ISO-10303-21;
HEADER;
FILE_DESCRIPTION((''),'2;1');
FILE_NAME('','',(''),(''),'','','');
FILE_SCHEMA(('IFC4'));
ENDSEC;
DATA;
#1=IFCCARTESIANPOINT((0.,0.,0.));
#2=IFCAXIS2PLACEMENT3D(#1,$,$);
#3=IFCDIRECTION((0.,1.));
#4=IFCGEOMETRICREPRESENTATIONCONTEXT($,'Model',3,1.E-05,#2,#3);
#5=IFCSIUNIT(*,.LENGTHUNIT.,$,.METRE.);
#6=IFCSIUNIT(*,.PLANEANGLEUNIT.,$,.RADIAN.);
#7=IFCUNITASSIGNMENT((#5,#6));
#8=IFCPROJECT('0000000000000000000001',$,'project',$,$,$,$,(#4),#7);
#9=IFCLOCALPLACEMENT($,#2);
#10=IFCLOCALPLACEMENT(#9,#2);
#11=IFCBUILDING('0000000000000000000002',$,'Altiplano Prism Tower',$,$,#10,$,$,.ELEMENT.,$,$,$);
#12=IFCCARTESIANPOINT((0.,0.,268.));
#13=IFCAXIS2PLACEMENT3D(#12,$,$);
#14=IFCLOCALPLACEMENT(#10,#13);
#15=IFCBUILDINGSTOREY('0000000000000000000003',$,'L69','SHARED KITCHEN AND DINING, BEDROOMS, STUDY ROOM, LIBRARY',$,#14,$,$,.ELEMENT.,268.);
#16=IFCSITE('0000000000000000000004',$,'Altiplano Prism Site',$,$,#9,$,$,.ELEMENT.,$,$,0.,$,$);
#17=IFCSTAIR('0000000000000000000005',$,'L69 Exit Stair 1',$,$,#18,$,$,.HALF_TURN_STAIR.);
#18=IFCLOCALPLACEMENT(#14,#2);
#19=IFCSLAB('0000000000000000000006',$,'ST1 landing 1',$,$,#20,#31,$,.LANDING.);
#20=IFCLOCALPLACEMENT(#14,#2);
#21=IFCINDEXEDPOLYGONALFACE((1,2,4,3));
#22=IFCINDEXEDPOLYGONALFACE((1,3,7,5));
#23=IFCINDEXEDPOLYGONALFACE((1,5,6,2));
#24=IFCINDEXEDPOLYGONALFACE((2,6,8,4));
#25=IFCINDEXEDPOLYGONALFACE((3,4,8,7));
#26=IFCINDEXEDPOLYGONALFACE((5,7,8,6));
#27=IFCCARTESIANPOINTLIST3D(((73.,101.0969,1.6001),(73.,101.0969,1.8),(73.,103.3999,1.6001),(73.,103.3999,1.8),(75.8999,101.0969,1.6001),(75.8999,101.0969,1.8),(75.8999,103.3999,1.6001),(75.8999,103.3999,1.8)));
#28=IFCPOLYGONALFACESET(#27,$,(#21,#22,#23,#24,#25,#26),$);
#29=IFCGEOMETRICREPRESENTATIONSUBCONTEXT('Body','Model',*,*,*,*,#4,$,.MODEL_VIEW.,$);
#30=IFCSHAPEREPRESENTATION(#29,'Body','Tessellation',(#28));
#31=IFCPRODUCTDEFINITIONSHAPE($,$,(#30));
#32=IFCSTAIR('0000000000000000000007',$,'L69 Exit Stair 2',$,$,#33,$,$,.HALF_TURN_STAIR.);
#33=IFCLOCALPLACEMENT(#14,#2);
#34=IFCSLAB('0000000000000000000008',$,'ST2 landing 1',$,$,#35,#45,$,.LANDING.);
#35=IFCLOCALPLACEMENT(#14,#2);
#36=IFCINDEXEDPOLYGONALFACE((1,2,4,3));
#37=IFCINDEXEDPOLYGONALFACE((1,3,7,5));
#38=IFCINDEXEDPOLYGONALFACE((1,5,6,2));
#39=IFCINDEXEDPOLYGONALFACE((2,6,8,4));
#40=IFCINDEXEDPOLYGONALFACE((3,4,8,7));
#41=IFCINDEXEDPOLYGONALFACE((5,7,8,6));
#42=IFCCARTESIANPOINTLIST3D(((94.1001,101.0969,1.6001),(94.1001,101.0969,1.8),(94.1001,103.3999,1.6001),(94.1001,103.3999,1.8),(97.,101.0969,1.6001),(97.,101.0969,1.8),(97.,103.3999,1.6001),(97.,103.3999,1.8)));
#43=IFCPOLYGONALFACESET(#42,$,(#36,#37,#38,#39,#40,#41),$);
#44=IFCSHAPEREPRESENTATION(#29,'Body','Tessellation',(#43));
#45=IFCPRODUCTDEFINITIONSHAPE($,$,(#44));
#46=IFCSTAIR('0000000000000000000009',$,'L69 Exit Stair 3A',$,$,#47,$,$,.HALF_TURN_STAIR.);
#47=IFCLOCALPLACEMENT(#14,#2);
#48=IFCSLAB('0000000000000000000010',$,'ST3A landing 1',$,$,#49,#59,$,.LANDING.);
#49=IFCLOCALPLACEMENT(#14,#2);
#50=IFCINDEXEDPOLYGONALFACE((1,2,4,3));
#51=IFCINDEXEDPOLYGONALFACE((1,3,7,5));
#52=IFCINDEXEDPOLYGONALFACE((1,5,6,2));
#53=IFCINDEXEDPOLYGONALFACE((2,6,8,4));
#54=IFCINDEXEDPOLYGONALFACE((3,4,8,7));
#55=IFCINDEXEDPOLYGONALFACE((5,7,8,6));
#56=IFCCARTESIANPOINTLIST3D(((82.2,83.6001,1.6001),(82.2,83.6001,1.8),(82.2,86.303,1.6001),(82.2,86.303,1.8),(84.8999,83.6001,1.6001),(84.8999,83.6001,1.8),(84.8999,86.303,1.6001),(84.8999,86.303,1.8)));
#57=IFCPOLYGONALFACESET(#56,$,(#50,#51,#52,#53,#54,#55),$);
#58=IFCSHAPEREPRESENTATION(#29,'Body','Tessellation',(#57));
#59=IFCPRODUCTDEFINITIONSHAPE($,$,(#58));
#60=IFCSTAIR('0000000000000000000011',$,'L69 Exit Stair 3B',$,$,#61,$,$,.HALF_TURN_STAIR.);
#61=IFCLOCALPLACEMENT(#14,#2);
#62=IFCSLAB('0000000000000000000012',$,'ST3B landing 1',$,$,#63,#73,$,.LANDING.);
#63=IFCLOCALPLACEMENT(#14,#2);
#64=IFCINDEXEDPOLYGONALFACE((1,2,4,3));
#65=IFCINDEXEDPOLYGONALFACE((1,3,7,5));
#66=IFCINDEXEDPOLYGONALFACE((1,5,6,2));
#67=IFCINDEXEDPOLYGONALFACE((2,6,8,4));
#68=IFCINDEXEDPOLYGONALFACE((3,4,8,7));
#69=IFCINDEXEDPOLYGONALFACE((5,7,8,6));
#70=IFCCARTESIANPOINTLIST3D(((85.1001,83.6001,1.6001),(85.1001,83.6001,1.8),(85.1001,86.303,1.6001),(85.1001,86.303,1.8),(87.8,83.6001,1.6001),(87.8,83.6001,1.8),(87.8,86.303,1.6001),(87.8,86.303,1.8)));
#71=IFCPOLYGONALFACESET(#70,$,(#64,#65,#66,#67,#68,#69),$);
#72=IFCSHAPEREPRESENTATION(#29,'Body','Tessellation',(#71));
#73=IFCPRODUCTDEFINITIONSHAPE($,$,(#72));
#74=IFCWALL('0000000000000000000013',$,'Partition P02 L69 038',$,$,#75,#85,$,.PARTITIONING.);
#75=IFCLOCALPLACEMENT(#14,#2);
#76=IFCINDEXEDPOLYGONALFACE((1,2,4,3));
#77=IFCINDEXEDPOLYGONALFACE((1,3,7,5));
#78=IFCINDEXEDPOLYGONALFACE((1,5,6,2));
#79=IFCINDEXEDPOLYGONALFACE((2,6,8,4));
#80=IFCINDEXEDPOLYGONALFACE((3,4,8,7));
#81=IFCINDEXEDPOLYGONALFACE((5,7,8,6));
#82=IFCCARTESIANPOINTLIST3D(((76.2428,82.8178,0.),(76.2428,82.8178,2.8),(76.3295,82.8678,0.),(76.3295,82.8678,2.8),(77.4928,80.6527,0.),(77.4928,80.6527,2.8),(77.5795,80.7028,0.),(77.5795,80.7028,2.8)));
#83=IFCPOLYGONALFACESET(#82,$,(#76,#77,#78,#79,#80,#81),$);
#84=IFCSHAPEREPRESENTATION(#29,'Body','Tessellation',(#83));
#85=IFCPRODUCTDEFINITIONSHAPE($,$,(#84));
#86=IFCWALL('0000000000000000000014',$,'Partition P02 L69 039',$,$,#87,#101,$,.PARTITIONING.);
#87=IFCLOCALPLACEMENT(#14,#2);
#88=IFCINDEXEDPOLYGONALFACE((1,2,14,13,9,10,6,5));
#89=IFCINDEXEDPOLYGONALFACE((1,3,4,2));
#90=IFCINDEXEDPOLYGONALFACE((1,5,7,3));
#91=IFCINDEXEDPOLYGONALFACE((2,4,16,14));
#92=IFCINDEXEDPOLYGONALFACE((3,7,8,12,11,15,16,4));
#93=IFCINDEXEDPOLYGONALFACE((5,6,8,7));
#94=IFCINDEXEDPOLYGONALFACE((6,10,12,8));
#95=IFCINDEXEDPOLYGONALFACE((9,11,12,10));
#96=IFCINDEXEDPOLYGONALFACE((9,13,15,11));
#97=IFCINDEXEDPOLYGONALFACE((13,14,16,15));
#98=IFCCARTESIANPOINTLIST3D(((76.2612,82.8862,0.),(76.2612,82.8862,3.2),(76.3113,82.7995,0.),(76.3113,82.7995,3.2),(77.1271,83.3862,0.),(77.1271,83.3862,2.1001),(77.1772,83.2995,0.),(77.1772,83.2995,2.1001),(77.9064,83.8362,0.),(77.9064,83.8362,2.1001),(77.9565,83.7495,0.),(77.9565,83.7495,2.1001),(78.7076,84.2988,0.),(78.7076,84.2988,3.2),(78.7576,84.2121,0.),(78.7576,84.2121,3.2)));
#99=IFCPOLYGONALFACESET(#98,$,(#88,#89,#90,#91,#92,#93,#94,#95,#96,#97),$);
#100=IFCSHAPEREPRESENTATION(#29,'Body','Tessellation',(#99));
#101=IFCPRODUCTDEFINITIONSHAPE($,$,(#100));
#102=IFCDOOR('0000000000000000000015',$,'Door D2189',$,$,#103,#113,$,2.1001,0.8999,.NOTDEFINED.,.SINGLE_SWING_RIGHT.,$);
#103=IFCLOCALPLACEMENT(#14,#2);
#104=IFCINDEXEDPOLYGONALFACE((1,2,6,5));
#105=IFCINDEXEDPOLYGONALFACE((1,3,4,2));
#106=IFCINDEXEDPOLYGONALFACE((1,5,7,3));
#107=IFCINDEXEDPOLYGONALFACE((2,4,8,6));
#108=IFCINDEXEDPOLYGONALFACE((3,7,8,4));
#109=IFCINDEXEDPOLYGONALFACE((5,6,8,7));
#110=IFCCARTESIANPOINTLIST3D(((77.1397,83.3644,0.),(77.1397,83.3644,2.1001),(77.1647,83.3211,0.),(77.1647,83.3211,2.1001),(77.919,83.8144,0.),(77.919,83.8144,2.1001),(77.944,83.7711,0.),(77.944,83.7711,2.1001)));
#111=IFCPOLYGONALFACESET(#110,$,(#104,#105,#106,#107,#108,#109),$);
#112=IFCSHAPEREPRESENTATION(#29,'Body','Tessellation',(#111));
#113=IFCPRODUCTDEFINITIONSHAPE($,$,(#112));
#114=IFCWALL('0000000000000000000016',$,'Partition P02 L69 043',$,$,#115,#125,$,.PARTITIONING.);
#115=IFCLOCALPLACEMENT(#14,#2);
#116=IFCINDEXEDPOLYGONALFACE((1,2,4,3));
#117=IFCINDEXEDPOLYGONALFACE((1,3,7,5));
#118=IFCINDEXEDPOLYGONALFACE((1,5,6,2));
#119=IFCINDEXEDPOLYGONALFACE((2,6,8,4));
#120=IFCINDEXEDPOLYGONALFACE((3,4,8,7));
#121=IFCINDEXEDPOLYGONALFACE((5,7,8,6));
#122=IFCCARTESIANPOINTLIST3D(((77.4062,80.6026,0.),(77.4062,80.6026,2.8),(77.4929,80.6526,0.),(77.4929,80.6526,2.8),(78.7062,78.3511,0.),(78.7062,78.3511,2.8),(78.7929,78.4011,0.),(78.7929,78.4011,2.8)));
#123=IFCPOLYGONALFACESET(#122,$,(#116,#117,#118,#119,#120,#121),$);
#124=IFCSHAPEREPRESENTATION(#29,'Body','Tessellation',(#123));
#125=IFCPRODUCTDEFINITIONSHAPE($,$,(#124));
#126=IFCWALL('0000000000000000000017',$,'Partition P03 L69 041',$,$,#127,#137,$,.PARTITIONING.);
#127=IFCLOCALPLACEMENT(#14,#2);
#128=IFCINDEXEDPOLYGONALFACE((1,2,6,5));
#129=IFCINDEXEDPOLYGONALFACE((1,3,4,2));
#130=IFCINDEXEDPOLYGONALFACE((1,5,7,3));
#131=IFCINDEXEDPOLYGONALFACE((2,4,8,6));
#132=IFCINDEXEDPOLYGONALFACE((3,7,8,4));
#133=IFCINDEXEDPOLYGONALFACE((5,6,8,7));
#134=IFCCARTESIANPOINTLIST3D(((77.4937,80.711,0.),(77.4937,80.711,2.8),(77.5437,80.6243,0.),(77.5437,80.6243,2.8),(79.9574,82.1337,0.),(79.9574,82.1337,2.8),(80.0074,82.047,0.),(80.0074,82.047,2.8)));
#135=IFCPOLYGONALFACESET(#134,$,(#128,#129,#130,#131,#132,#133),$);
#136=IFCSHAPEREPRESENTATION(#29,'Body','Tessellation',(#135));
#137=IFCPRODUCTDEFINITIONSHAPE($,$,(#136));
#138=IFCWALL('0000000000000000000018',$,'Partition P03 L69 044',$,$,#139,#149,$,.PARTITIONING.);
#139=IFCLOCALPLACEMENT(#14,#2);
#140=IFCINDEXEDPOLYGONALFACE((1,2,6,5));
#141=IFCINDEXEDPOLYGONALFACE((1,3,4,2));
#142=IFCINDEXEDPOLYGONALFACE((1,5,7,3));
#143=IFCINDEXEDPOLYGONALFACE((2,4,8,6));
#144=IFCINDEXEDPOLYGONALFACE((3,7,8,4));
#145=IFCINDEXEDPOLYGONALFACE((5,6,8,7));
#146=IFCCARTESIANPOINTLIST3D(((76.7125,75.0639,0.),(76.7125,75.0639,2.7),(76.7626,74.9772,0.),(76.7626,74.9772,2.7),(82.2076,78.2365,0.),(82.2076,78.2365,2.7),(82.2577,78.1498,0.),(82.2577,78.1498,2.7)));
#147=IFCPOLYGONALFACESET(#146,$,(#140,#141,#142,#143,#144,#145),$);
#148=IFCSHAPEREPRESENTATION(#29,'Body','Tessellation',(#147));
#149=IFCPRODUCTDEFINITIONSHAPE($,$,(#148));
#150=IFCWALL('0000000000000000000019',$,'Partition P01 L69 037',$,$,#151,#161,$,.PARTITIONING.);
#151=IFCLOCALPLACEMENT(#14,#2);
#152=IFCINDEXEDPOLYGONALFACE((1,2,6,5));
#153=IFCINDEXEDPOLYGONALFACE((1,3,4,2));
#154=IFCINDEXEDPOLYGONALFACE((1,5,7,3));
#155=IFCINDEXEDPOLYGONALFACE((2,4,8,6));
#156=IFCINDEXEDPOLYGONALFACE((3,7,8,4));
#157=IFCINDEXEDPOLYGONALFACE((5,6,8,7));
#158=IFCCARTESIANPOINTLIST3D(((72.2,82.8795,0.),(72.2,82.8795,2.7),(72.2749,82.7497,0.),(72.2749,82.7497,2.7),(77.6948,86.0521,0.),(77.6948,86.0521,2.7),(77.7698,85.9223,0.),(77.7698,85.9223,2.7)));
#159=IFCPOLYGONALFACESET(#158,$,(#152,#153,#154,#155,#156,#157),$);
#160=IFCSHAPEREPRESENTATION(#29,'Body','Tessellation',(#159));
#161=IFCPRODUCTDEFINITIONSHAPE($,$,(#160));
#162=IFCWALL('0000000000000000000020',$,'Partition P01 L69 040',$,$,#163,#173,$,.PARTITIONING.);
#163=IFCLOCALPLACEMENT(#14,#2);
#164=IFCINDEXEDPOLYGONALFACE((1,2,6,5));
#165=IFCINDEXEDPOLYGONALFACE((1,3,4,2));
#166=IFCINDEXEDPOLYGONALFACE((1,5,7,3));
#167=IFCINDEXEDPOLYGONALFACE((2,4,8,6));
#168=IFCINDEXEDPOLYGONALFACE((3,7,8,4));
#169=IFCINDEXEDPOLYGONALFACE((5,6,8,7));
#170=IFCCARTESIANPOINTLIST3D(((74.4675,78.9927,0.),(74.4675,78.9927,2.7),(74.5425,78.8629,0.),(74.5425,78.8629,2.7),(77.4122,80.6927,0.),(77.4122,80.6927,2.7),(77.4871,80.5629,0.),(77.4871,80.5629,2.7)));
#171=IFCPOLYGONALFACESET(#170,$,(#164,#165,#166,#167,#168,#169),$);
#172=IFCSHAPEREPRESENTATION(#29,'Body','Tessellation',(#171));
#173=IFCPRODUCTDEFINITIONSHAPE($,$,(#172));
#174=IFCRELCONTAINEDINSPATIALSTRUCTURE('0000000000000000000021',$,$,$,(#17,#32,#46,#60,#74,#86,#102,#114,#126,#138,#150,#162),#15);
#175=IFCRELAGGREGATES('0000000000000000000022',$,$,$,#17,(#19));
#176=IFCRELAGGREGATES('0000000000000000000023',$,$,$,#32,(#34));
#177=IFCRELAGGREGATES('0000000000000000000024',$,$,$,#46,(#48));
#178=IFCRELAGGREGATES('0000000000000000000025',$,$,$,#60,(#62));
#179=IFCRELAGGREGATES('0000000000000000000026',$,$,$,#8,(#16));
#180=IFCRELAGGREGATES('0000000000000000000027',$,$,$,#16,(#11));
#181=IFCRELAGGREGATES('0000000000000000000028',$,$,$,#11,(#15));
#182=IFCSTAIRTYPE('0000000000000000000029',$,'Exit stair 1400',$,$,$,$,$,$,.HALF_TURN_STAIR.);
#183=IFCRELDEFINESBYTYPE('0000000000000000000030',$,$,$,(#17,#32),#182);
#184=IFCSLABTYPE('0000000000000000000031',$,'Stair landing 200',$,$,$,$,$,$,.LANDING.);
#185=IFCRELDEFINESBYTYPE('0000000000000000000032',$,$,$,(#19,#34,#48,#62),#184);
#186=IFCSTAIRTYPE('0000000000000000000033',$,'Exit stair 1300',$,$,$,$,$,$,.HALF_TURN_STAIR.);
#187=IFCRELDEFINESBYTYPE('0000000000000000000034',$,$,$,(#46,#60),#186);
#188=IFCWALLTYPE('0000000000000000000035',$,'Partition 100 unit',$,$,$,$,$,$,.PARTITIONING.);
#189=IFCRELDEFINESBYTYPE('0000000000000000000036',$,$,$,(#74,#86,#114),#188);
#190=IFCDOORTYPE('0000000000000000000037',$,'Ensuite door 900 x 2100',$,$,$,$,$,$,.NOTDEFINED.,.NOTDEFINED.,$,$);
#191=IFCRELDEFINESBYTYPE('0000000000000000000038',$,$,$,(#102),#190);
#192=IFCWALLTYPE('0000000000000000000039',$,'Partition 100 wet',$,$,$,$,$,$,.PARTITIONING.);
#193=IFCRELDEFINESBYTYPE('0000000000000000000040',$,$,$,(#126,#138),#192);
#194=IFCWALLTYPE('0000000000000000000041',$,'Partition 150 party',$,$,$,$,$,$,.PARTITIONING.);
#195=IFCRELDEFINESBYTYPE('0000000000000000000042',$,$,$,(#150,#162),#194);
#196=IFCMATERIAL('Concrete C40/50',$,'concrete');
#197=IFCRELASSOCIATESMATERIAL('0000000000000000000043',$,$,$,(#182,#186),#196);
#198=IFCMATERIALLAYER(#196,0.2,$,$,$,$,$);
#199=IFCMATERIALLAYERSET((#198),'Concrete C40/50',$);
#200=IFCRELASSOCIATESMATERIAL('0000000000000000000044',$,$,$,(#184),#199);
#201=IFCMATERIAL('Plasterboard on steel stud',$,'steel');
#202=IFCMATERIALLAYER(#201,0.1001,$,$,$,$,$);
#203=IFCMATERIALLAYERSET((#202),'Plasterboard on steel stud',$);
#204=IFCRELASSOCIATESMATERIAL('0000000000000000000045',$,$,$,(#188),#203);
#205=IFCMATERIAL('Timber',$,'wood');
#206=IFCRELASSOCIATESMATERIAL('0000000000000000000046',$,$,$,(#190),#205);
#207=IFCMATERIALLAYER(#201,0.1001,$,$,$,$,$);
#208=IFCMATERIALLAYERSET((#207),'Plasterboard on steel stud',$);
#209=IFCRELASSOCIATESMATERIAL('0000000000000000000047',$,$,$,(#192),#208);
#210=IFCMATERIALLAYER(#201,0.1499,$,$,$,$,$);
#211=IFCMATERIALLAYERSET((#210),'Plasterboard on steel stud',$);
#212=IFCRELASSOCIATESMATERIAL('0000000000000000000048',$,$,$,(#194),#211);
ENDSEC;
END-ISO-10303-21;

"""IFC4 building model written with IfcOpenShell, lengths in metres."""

from ifc_helpers import new_model, si_unit, direction, frame, frame_2d, origin, place, context, subcontext, project, spatial, polyline, rectangle, outline, extrude, material, layer, layer_set, type_object, element, fill, aggregate, save


model = new_model("IFC4")

# Units and contexts
model_context = context("Model", 3, precision=1e-05, world=origin(), true_north=direction((0.0, 1.0)))
body_context = subcontext(model_context, "Body", "Model", "MODEL_VIEW")
ifc_project = project(units=[si_unit("LENGTHUNIT", "METRE"), si_unit("PLANEANGLEUNIT", "RADIAN")], contexts=[model_context])

# Site, building, storey
site_placement = place(None, origin())
site = spatial("IfcSite", under=ifc_project, at=site_placement, Name="Altiplano Prism Site", CompositionType="ELEMENT", RefElevation=0.0)
building_placement = place(site_placement, origin())
building = spatial("IfcBuilding", under=site, at=building_placement, Name="Altiplano Prism Tower", CompositionType="ELEMENT")
storey_placement = place(building_placement, frame((0.0, 0.0, 268.0)))
storey = spatial("IfcBuildingStorey", under=building, at=storey_placement, Name="L69", Description="SHARED KITCHEN AND DINING, BEDROOMS, STUDY ROOM, LIBRARY", CompositionType="ELEMENT", Elevation=268.0)

# Shared definitions
ifc_material_1 = material(Name="Concrete C40/50", Category="concrete")

# Stairs, slabs
stair_type_1 = type_object("IfcStairType", Name="Exit stair 1400", PredefinedType="HALF_TURN_STAIR", material=ifc_material_1)
stair_1_placement = place(storey_placement, origin())
stair_1 = element("IfcStair", 1, at=stair_1_placement, inside=storey, type_object=stair_type_1, Name="L69 Exit Stair 1", PredefinedType="HALF_TURN_STAIR")
ifc_layer_1 = layer(ifc_material_1, 0.2)
ifc_layer_set_1 = layer_set([ifc_layer_1], Name="Concrete C40/50")
slab_type_1 = type_object("IfcSlabType", Name="Stair landing 200", PredefinedType="LANDING", material=ifc_layer_set_1)
slab_1_placement = place(storey_placement, frame((0.0, 0.0, 1.6001)))
slab_1 = element("IfcSlab", 2, at=slab_1_placement, type_object=slab_type_1, Name="ST1 landing 1", PredefinedType="LANDING", context=body_context, shape_type="SweptSolid", body=[
    extrude(outline(polyline([(75.8999, 101.0969), (75.8999, 103.3999), (73.0, 103.3999), (73.0, 101.0969), (75.8999, 101.0969)])), origin(), (0.0, 0.0, 1.0), 0.2),
])
aggregate(stair_1, [slab_1])
stair_2_placement = place(storey_placement, origin())
stair_2 = element("IfcStair", 3, at=stair_2_placement, inside=storey, type_object=stair_type_1, Name="L69 Exit Stair 2", PredefinedType="HALF_TURN_STAIR")
slab_2_placement = place(storey_placement, frame((0.0, 0.0, 1.6001)))
slab_2 = element("IfcSlab", 4, at=slab_2_placement, type_object=slab_type_1, Name="ST2 landing 1", PredefinedType="LANDING", context=body_context, shape_type="SweptSolid", body=[
    extrude(outline(polyline([(97.0, 101.0969), (97.0, 103.3999), (94.1001, 103.3999), (94.1001, 101.0969), (97.0, 101.0969)])), origin(), (0.0, 0.0, 1.0), 0.2),
])
aggregate(stair_2, [slab_2])
stair_type_2 = type_object("IfcStairType", Name="Exit stair 1300", PredefinedType="HALF_TURN_STAIR", material=ifc_material_1)
stair_3_placement = place(storey_placement, origin())
stair_3 = element("IfcStair", 5, at=stair_3_placement, inside=storey, type_object=stair_type_2, Name="L69 Exit Stair 3A", PredefinedType="HALF_TURN_STAIR")
slab_3_placement = place(storey_placement, frame((0.0, 0.0, 1.6001)))
slab_3 = element("IfcSlab", 6, at=slab_3_placement, type_object=slab_type_1, Name="ST3A landing 1", PredefinedType="LANDING", context=body_context, shape_type="SweptSolid", body=[
    extrude(outline(polyline([(82.2, 86.303), (82.2, 83.6001), (84.8999, 83.6001), (84.8999, 86.303), (82.2, 86.303)])), origin(), (0.0, 0.0, 1.0), 0.2),
])
aggregate(stair_3, [slab_3])
stair_4_placement = place(storey_placement, origin())
stair_4 = element("IfcStair", 7, at=stair_4_placement, inside=storey, type_object=stair_type_2, Name="L69 Exit Stair 3B", PredefinedType="HALF_TURN_STAIR")
slab_4_placement = place(storey_placement, frame((0.0, 0.0, 1.6001)))
slab_4 = element("IfcSlab", 8, at=slab_4_placement, type_object=slab_type_1, Name="ST3B landing 1", PredefinedType="LANDING", context=body_context, shape_type="SweptSolid", body=[
    extrude(outline(polyline([(85.1001, 86.303), (85.1001, 83.6001), (87.8, 83.6001), (87.8, 86.303), (85.1001, 86.303)])), origin(), (0.0, 0.0, 1.0), 0.2),
])
aggregate(stair_4, [slab_4])

# Wall
ifc_material_2 = material(Name="Plasterboard on steel stud", Category="steel")
ifc_layer_2 = layer(ifc_material_2, 0.1001)
ifc_layer_set_2 = layer_set([ifc_layer_2], Name="Plasterboard on steel stud")
wall_type_1 = type_object("IfcWallType", Name="Partition 100 unit", PredefinedType="PARTITIONING", material=ifc_layer_set_2)
wall_1_placement = place(storey_placement, frame((77.5361, 80.6777, 0.0), z_axis=(0.0, 0.0, 1.0), x_axis=(-0.500004, 0.866023, 0.0)))
element("IfcWall", 9, at=wall_1_placement, inside=storey, type_object=wall_type_1, Name="Partition P02 L69 038", PredefinedType="PARTITIONING", context=body_context, shape_type="SweptSolid", body=[
    extrude(rectangle(XDim=2.5, YDim=0.1001, at=frame_2d((1.25, 0.0))), origin(), (0.0, 0.0, 1.0), 2.8),
])

# Wall, opening, door
wall_2_placement = place(storey_placement, frame((76.2861, 82.8428, 0.0), z_axis=(0.0, 0.0, 1.0), x_axis=(0.86599, 0.500062, 0.0)))
wall_2 = element("IfcWall", 10, at=wall_2_placement, inside=storey, type_object=wall_type_1, Name="Partition P02 L69 039", PredefinedType="PARTITIONING", context=body_context, shape_type="SweptSolid", body=[
    extrude(rectangle(XDim=2.825, YDim=0.1001, at=frame_2d((1.4126, 0.0))), origin(), (0.0, 0.0, 1.0), 3.2),
])
opening_placement = place(wall_2_placement, frame((1.0, 0.0, 0.0)))
opening = element("IfcOpeningElement", 11, at=opening_placement, cuts=wall_2, PredefinedType="OPENING", context=body_context, shape_type="SweptSolid", body=[
    extrude(rectangle(XDim=0.8999, YDim=2.1001, at=frame_2d((0.45, 1.05))), frame((0.0, 0.0605, 0.0), z_axis=(0.0, -1.0, 0.0), x_axis=(1.0, 0.0, 0.0)), (0.0, 0.0, 1.0), 0.1211),
])
ifc_material_3 = material(Name="Timber", Category="wood")
door_type = type_object("IfcDoorType", Name="Ensuite door 900 x 2100", OperationType="NOTDEFINED", PredefinedType="NOTDEFINED", material=ifc_material_3)
door_placement = place(opening_placement, origin())
door = element("IfcDoor", 12, at=door_placement, inside=storey, type_object=door_type, Name="Door D2189", OperationType="SINGLE_SWING_RIGHT", OverallHeight=2.1001, OverallWidth=0.8999, PredefinedType="NOTDEFINED", context=body_context, shape_type="SweptSolid", body=[
    extrude(rectangle(XDim=0.8999, YDim=2.1001, at=frame_2d((0.45, 1.05))), frame((0.0, 0.0249, 0.0), z_axis=(0.0, -1.0, 0.0), x_axis=(1.0, 0.0, 0.0)), (0.0, 0.0, 1.0), 0.05),
])
fill(opening, door)

# Walls
wall_3_placement = place(storey_placement, frame((78.7495, 78.3762, 0.0), z_axis=(0.0, 0.0, 1.0), x_axis=(-0.500048, 0.865998, 0.0)))
element("IfcWall", 13, at=wall_3_placement, inside=storey, type_object=wall_type_1, Name="Partition P02 L69 043", PredefinedType="PARTITIONING", context=body_context, shape_type="SweptSolid", body=[
    extrude(rectangle(XDim=2.5999, YDim=0.1001, at=frame_2d((1.2998, 0.0))), origin(), (0.0, 0.0, 1.0), 2.8),
])
ifc_layer_3 = layer(ifc_material_2, 0.1001)
ifc_layer_set_3 = layer_set([ifc_layer_3], Name="Plasterboard on steel stud")
wall_type_2 = type_object("IfcWallType", Name="Partition 100 wet", PredefinedType="PARTITIONING", material=ifc_layer_set_3)
wall_4_placement = place(storey_placement, frame((77.5188, 80.6677, 0.0), z_axis=(0.0, 0.0, 1.0), x_axis=(0.86599, 0.500062, 0.0)))
element("IfcWall", 14, at=wall_4_placement, inside=storey, type_object=wall_type_2, Name="Partition P03 L69 041", PredefinedType="PARTITIONING", context=body_context, shape_type="SweptSolid", body=[
    extrude(rectangle(XDim=2.845, YDim=0.1001, at=frame_2d((1.4224, 0.0))), origin(), (0.0, 0.0, 1.0), 2.8),
])
wall_5_placement = place(storey_placement, frame((76.7375, 75.0205, 0.0), z_axis=(0.0, 0.0, 1.0), x_axis=(0.866025, 0.5, 0.0)))
element("IfcWall", 15, at=wall_5_placement, inside=storey, type_object=wall_type_2, Name="Partition P03 L69 044", PredefinedType="PARTITIONING", context=body_context, shape_type="SweptSolid", body=[
    extrude(rectangle(XDim=6.3452, YDim=0.1001, at=frame_2d((3.1726, 0.0))), origin(), (0.0, 0.0, 1.0), 2.7),
])
ifc_layer_4 = layer(ifc_material_2, 0.1499)
ifc_layer_set_4 = layer_set([ifc_layer_4], Name="Plasterboard on steel stud")
wall_type_3 = type_object("IfcWallType", Name="Partition 150 party", PredefinedType="PARTITIONING", material=ifc_layer_set_4)
wall_6_placement = place(storey_placement, frame((72.2375, 82.8147, 0.0), z_axis=(0.0, 0.0, 1.0), x_axis=(0.866016, 0.500017, 0.0)))
element("IfcWall", 16, at=wall_6_placement, inside=storey, type_object=wall_type_3, Name="Partition P01 L69 037", PredefinedType="PARTITIONING", context=body_context, shape_type="SweptSolid", body=[
    extrude(rectangle(XDim=6.345, YDim=0.1499, at=frame_2d((3.1724, 0.0))), origin(), (0.0, 0.0, 1.0), 2.7),
])
wall_7_placement = place(storey_placement, frame((74.5049, 78.9277, 0.0), z_axis=(0.0, 0.0, 1.0), x_axis=(0.866039, 0.499977, 0.0)))
element("IfcWall", 17, at=wall_7_placement, inside=storey, type_object=wall_type_3, Name="Partition P01 L69 040", PredefinedType="PARTITIONING", context=body_context, shape_type="SweptSolid", body=[
    extrude(rectangle(XDim=3.4001, YDim=0.1499, at=frame_2d((1.7002, 0.0))), origin(), (0.0, 0.0, 1.0), 2.7),
])

save(model, "model.ifc")
